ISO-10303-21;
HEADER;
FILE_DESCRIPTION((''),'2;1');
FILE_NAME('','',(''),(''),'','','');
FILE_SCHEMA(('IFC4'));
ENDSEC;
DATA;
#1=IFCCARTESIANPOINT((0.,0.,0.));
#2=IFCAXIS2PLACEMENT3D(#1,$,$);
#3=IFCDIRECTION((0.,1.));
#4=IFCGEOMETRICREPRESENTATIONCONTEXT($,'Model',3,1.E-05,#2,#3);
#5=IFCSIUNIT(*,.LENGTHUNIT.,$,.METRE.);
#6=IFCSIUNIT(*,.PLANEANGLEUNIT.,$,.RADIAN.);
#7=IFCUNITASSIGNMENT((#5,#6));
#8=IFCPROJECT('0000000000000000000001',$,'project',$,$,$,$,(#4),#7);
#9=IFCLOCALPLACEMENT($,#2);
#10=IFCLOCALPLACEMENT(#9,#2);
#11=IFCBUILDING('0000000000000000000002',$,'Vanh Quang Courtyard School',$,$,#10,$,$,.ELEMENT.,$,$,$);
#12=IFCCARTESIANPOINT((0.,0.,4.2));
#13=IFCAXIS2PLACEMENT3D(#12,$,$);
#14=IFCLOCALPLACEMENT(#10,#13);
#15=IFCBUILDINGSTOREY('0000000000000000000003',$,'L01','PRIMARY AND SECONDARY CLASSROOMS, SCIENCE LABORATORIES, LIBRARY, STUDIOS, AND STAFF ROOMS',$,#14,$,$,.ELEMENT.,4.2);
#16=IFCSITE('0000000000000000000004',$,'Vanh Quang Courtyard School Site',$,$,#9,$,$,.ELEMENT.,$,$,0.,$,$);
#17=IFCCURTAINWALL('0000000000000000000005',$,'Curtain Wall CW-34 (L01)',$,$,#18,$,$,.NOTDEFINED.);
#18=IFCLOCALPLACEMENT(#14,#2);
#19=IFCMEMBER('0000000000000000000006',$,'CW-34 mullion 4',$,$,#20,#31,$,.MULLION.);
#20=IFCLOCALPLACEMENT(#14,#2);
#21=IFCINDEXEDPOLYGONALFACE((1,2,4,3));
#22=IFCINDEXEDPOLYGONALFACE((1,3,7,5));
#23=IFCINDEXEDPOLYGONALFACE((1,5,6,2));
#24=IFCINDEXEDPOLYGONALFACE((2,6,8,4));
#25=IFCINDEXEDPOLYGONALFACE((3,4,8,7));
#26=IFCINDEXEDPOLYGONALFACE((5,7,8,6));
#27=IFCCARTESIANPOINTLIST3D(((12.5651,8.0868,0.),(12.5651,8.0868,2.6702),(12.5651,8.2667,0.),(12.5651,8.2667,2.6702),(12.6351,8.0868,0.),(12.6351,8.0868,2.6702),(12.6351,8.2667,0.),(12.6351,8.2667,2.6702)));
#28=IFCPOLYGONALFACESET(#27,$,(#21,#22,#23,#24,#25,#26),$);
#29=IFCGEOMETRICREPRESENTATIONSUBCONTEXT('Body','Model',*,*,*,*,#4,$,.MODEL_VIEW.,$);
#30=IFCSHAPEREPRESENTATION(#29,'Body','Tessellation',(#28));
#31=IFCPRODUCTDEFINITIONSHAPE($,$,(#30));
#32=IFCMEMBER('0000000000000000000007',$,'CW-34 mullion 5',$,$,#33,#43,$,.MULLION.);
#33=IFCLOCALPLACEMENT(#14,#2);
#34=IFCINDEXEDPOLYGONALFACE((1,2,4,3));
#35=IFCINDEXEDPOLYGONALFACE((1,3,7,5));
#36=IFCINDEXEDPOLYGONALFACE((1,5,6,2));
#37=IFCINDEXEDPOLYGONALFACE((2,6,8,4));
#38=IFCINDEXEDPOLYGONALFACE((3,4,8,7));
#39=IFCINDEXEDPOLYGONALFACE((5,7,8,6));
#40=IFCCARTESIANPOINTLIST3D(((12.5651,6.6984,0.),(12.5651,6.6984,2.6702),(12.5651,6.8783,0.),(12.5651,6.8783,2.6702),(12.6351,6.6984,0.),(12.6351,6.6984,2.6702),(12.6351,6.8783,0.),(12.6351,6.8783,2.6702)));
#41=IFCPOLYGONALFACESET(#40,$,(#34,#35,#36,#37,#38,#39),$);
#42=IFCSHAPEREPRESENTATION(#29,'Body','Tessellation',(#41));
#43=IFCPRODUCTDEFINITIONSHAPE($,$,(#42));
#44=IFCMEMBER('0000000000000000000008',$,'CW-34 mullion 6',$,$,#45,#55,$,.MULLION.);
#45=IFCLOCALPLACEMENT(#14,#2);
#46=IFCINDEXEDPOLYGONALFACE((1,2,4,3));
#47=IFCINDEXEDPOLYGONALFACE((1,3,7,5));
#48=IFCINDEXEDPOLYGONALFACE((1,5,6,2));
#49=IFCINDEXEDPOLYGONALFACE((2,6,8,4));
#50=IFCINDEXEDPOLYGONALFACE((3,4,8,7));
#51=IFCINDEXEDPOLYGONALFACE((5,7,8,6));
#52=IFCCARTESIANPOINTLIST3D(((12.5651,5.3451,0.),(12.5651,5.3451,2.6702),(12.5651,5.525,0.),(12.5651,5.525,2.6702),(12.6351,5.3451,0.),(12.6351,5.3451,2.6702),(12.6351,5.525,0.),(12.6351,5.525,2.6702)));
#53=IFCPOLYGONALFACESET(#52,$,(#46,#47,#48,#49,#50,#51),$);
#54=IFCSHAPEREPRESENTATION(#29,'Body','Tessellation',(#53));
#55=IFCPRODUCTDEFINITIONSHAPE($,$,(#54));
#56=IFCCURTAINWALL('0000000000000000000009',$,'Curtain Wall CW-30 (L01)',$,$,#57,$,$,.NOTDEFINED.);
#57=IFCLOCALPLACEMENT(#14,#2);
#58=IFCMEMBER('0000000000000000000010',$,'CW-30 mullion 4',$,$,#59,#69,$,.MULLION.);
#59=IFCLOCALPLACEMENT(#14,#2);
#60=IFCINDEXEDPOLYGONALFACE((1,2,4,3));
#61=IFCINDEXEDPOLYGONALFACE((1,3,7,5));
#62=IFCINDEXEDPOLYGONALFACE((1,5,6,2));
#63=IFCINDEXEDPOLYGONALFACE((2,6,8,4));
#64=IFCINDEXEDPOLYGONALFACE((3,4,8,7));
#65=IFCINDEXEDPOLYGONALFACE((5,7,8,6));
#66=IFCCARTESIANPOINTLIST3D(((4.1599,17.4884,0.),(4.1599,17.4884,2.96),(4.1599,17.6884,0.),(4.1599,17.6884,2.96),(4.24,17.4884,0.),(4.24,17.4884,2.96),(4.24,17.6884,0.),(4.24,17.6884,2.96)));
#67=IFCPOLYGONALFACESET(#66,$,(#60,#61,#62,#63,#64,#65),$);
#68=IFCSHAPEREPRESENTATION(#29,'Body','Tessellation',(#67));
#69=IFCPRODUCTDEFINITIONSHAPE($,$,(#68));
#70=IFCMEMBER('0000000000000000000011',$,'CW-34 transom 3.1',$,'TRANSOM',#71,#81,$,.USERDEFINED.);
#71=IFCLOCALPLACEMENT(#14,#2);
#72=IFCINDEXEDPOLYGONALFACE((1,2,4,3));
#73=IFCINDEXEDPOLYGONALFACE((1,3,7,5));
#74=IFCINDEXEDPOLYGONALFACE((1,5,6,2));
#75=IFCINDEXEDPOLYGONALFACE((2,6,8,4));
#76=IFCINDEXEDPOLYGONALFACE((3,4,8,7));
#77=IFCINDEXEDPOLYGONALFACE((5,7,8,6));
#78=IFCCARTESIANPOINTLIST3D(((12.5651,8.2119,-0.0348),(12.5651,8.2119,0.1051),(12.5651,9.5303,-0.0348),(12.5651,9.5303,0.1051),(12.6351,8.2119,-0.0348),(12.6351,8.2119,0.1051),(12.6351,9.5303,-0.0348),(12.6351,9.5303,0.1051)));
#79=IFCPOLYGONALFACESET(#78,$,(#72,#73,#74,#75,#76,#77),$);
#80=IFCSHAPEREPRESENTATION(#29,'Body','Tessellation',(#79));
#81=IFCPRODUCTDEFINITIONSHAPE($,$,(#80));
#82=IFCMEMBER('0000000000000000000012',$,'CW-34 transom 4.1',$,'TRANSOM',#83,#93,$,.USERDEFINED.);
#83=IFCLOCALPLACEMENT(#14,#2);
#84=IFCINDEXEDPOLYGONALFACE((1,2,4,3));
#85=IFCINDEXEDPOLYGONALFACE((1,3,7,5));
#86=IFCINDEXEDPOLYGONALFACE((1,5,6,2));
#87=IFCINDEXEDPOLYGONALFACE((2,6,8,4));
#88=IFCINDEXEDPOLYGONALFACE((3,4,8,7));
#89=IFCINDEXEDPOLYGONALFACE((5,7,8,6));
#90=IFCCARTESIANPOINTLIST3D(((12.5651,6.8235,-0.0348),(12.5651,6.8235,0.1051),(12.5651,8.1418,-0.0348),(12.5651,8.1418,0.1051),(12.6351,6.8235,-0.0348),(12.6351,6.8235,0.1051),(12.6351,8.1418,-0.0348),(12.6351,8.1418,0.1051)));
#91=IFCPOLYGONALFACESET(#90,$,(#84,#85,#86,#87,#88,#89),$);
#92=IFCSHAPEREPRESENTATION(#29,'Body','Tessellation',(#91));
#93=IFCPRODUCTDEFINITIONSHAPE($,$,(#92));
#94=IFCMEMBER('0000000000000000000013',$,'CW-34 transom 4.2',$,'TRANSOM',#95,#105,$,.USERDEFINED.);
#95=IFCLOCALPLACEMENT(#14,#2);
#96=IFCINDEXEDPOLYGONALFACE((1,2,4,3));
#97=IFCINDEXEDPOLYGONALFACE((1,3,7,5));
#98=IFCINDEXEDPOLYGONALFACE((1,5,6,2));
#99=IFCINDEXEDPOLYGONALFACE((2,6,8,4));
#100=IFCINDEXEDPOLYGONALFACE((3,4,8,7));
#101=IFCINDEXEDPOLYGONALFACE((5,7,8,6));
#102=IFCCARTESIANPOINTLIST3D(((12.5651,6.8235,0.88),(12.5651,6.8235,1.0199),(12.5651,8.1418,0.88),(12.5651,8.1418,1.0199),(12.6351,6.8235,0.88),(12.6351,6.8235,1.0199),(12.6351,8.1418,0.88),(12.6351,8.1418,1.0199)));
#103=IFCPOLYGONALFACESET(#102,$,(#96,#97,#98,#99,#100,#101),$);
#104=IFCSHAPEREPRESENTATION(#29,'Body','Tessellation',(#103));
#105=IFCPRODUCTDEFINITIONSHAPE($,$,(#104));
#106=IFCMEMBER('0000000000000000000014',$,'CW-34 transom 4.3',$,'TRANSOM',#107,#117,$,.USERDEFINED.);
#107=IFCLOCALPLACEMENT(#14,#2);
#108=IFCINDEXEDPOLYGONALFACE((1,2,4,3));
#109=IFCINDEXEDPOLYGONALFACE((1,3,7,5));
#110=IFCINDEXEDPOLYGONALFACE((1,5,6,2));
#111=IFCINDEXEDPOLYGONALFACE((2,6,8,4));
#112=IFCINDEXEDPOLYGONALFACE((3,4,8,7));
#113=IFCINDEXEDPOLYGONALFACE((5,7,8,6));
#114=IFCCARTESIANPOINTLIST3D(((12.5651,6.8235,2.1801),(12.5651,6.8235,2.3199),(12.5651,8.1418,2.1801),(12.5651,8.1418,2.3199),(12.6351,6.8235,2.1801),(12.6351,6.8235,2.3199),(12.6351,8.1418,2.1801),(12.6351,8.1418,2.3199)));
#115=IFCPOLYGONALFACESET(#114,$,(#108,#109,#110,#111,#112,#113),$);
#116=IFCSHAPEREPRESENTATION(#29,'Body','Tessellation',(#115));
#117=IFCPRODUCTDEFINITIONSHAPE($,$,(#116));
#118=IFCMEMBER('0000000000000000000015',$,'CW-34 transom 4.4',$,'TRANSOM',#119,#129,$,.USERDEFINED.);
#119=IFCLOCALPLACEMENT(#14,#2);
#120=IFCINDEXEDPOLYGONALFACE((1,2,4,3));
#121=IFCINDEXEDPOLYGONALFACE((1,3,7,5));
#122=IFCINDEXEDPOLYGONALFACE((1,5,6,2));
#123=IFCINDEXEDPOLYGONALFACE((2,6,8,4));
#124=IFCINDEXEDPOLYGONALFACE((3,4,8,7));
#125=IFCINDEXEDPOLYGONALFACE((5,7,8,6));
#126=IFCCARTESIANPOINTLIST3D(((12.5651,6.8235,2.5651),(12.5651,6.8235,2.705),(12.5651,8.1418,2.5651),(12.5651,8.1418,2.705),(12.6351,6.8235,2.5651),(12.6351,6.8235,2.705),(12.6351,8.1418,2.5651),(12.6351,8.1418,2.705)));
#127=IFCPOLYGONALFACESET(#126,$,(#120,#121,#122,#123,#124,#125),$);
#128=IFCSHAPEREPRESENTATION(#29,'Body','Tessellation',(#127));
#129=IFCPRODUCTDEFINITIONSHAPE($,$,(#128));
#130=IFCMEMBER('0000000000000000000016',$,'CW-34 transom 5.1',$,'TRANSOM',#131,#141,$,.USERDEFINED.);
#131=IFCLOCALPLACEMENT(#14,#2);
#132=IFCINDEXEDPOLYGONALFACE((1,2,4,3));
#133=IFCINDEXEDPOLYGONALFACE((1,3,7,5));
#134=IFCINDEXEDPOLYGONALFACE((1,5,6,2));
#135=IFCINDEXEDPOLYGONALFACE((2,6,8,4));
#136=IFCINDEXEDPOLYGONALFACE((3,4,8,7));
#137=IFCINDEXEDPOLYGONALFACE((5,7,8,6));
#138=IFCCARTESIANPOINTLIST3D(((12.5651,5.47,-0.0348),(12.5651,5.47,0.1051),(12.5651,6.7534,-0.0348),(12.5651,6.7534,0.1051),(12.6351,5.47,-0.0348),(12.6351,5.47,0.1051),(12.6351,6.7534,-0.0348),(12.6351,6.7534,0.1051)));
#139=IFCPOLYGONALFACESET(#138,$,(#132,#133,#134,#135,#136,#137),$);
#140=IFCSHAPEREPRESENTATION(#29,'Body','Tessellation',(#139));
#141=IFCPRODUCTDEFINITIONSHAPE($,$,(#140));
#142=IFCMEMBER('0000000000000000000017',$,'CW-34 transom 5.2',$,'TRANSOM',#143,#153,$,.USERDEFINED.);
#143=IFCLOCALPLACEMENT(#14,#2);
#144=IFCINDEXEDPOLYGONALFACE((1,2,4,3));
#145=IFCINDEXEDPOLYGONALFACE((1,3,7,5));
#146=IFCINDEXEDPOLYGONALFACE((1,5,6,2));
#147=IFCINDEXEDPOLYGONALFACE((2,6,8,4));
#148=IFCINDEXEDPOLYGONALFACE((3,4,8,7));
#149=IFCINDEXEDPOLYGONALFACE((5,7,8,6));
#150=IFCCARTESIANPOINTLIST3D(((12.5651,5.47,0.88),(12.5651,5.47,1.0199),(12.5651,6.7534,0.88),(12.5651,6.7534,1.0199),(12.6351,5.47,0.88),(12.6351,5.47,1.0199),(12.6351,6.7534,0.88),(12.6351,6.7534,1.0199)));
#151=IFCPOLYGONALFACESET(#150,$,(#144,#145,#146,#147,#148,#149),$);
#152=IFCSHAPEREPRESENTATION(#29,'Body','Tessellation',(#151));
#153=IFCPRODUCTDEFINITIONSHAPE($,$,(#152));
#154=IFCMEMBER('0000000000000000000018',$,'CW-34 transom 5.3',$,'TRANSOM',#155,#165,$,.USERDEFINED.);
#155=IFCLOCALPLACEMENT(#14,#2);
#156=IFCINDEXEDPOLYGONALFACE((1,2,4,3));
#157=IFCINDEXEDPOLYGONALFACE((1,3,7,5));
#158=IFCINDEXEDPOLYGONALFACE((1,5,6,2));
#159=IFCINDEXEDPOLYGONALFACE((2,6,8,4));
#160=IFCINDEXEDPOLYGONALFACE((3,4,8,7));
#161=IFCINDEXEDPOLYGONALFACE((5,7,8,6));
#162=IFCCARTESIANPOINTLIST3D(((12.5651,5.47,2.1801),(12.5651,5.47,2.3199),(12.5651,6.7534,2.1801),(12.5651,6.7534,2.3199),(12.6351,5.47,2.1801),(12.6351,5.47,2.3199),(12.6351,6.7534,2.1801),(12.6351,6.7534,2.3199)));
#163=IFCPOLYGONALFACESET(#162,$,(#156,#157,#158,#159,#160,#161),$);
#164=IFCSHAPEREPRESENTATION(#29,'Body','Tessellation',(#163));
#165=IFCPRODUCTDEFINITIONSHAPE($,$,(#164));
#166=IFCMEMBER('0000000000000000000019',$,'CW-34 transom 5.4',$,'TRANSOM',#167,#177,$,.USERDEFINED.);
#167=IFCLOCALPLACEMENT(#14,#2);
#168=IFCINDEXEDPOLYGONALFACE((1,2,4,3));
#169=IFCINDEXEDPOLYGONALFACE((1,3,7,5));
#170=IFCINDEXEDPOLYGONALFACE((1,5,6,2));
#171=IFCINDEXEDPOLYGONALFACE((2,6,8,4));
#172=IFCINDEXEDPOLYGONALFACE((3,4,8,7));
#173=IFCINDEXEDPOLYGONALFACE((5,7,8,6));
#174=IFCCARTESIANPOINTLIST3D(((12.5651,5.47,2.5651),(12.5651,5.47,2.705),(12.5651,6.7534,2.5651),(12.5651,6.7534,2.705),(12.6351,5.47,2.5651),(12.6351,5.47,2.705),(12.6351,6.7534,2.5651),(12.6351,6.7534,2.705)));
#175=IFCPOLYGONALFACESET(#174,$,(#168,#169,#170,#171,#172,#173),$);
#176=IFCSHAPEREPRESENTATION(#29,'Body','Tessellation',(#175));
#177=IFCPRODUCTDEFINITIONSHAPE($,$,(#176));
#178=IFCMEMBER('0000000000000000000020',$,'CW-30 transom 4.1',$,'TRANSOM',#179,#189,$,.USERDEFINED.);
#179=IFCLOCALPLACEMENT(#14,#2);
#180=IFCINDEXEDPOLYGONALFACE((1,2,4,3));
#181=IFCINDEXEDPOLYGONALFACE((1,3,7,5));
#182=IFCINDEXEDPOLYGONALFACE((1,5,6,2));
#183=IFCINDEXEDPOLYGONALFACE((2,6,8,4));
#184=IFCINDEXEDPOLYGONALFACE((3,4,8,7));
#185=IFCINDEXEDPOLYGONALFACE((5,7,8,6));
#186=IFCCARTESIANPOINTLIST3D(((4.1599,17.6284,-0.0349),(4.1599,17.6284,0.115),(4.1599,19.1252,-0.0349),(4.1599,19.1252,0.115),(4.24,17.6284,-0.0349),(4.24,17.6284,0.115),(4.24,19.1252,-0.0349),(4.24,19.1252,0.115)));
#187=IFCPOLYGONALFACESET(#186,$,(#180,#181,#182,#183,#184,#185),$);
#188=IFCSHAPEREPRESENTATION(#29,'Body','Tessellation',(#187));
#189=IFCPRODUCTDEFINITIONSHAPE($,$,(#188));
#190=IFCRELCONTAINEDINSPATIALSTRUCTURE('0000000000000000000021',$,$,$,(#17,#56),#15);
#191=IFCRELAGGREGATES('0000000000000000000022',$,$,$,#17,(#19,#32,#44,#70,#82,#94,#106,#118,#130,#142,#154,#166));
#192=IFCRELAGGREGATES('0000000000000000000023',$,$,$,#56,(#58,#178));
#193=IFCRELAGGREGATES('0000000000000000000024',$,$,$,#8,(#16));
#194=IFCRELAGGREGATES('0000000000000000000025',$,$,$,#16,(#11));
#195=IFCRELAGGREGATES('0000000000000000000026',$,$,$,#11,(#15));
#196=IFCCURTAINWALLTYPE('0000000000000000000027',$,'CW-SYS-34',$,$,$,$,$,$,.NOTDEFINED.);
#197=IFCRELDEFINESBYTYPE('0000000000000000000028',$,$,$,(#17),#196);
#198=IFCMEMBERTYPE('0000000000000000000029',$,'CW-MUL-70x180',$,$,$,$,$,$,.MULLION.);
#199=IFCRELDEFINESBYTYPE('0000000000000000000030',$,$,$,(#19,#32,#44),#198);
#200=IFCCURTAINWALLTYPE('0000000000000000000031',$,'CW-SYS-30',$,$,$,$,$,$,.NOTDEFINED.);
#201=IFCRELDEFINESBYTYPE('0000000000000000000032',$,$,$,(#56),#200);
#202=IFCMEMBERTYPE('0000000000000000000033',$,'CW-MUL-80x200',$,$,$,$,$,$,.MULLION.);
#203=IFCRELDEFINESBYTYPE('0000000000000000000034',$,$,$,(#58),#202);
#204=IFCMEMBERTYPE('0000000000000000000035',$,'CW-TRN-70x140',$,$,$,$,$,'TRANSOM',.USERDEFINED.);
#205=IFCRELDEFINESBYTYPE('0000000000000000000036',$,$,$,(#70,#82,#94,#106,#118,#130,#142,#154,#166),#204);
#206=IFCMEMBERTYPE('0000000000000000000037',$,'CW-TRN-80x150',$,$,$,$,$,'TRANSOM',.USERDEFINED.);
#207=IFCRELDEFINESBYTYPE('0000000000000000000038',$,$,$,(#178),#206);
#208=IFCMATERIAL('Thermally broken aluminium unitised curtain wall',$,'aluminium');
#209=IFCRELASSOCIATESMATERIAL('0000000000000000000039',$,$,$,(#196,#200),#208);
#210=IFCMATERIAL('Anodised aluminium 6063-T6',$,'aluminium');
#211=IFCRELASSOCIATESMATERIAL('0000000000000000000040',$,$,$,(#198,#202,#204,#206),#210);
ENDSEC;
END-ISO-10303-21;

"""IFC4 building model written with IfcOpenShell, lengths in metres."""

from ifc_helpers import new_model, si_unit, direction, frame, origin, origin_2d, place, context, subcontext, project, spatial, rectangle, extrude, material, material_profile, profile_set, type_object, element, aggregate, save


model = new_model("IFC4")

# Units and contexts
model_context = context("Model", 3, precision=1e-05, world=origin(), true_north=direction((0.0, 1.0)))
body_context = subcontext(model_context, "Body", "Model", "MODEL_VIEW")
ifc_project = project(units=[si_unit("LENGTHUNIT", "METRE"), si_unit("PLANEANGLEUNIT", "RADIAN")], contexts=[model_context])

# Site, building, storey
site_placement = place(None, origin())
site = spatial("IfcSite", under=ifc_project, at=site_placement, Name="Vanh Quang Courtyard School Site", CompositionType="ELEMENT", RefElevation=0.0)
building_placement = place(site_placement, origin())
building = spatial("IfcBuilding", under=site, at=building_placement, Name="Vanh Quang Courtyard School", CompositionType="ELEMENT")
storey_placement = place(building_placement, frame((0.0, 0.0, 4.2)))
storey = spatial("IfcBuildingStorey", under=building, at=storey_placement, Name="L01", Description="PRIMARY AND SECONDARY CLASSROOMS, SCIENCE LABORATORIES, LIBRARY, STUDIOS, AND STAFF ROOMS", CompositionType="ELEMENT", Elevation=4.2)

# Curtain wall, members
ifc_material_1 = material(Name="Thermally broken aluminium unitised curtain wall", Category="aluminium")
curtain_wall_type_1 = type_object("IfcCurtainWallType", Name="CW-SYS-34", PredefinedType="NOTDEFINED", material=ifc_material_1)
curtain_wall_1_placement = place(storey_placement, origin())
curtain_wall_1 = element("IfcCurtainWall", 1, at=curtain_wall_1_placement, inside=storey, type_object=curtain_wall_type_1, Name="Curtain Wall CW-34 (L01)", PredefinedType="NOTDEFINED")
ifc_material_2 = material(Name="Anodised aluminium 6063-T6", Category="aluminium")
ifc_material_profile_1 = material_profile(ifc_material_2, rectangle(XDim=0.0701, YDim=0.1799, at=origin_2d()), Name="ALU-MUL 70x180")
ifc_profile_set_1 = profile_set([ifc_material_profile_1], Name="Anodised aluminium 6063-T6")
member_type_1 = type_object("IfcMemberType", Name="CW-MUL-70x180", PredefinedType="MULLION", material=ifc_profile_set_1)
member_1_placement = place(storey_placement, frame((12.6001, 8.1768, 0.0), z_axis=(0.0, 0.0, 1.0), x_axis=(1.0, 0.0, 0.0)))
member_1 = element("IfcMember", 2, at=member_1_placement, type_object=member_type_1, Name="CW-34 mullion 4", PredefinedType="MULLION", context=body_context, shape_type="SweptSolid", body=[
    extrude(rectangle(XDim=0.0701, YDim=0.1799, at=origin_2d()), origin(), (0.0, 0.0, 1.0), 2.6702),
])
member_2_placement = place(storey_placement, frame((12.6001, 6.7883, 0.0), z_axis=(0.0, 0.0, 1.0), x_axis=(1.0, 0.0, 0.0)))
member_2 = element("IfcMember", 3, at=member_2_placement, type_object=member_type_1, Name="CW-34 mullion 5", PredefinedType="MULLION", context=body_context, shape_type="SweptSolid", body=[
    extrude(rectangle(XDim=0.0701, YDim=0.1799, at=origin_2d()), origin(), (0.0, 0.0, 1.0), 2.6702),
])
member_3_placement = place(storey_placement, frame((12.6001, 5.4351, 0.0), z_axis=(0.0, 0.0, 1.0), x_axis=(1.0, 0.0, 0.0)))
member_3 = element("IfcMember", 4, at=member_3_placement, type_object=member_type_1, Name="CW-34 mullion 6", PredefinedType="MULLION", context=body_context, shape_type="SweptSolid", body=[
    extrude(rectangle(XDim=0.0701, YDim=0.1799, at=origin_2d()), origin(), (0.0, 0.0, 1.0), 2.6702),
])

# Curtain wall, member
curtain_wall_type_2 = type_object("IfcCurtainWallType", Name="CW-SYS-30", PredefinedType="NOTDEFINED", material=ifc_material_1)
curtain_wall_2_placement = place(storey_placement, origin())
curtain_wall_2 = element("IfcCurtainWall", 5, at=curtain_wall_2_placement, inside=storey, type_object=curtain_wall_type_2, Name="Curtain Wall CW-30 (L01)", PredefinedType="NOTDEFINED")
ifc_material_profile_2 = material_profile(ifc_material_2, rectangle(XDim=0.0801, YDim=0.2, at=origin_2d()), Name="ALU-MUL 80x200")
ifc_profile_set_2 = profile_set([ifc_material_profile_2], Name="Anodised aluminium 6063-T6")
member_type_2 = type_object("IfcMemberType", Name="CW-MUL-80x200", PredefinedType="MULLION", material=ifc_profile_set_2)
member_4_placement = place(storey_placement, frame((4.2, 17.5884, 0.0), z_axis=(0.0, 0.0, 1.0), x_axis=(-1.0, 0.0, 0.0)))
member_4 = element("IfcMember", 6, at=member_4_placement, type_object=member_type_2, Name="CW-30 mullion 4", PredefinedType="MULLION", context=body_context, shape_type="SweptSolid", body=[
    extrude(rectangle(XDim=0.0801, YDim=0.2, at=origin_2d()), origin(), (0.0, 0.0, 1.0), 2.96),
])

# Members
ifc_material_profile_3 = material_profile(ifc_material_2, rectangle(XDim=0.0701, YDim=0.1399, at=origin_2d()), Name="ALU-TRN 70x140")
ifc_profile_set_3 = profile_set([ifc_material_profile_3], Name="Anodised aluminium 6063-T6")
member_type_3 = type_object("IfcMemberType", Name="CW-TRN-70x140", ElementType="TRANSOM", PredefinedType="USERDEFINED", material=ifc_profile_set_3)
member_5_placement = place(storey_placement, frame((12.6001, 9.5303, 0.0352), z_axis=(0.0, -1.0, 0.0), x_axis=(1.0, 0.0, 0.0)))
member_5 = element("IfcMember", 7, at=member_5_placement, type_object=member_type_3, Name="CW-34 transom 3.1", ObjectType="TRANSOM", PredefinedType="USERDEFINED", context=body_context, shape_type="SweptSolid", body=[
    extrude(rectangle(XDim=0.0701, YDim=0.1399, at=origin_2d()), origin(), (0.0, 0.0, 1.0), 1.3184),
])
member_6_placement = place(storey_placement, frame((12.6001, 8.1418, 0.0352), z_axis=(0.0, -1.0, 0.0), x_axis=(1.0, 0.0, 0.0)))
member_6 = element("IfcMember", 8, at=member_6_placement, type_object=member_type_3, Name="CW-34 transom 4.1", ObjectType="TRANSOM", PredefinedType="USERDEFINED", context=body_context, shape_type="SweptSolid", body=[
    extrude(rectangle(XDim=0.0701, YDim=0.1399, at=origin_2d()), origin(), (0.0, 0.0, 1.0), 1.3184),
])
member_7_placement = place(storey_placement, frame((12.6001, 8.1418, 0.95), z_axis=(0.0, -1.0, 0.0), x_axis=(1.0, 0.0, 0.0)))
member_7 = element("IfcMember", 9, at=member_7_placement, type_object=member_type_3, Name="CW-34 transom 4.2", ObjectType="TRANSOM", PredefinedType="USERDEFINED", context=body_context, shape_type="SweptSolid", body=[
    extrude(rectangle(XDim=0.0701, YDim=0.1399, at=origin_2d()), origin(), (0.0, 0.0, 1.0), 1.3184),
])
member_8_placement = place(storey_placement, frame((12.6001, 8.1418, 2.25), z_axis=(0.0, -1.0, 0.0), x_axis=(1.0, 0.0, 0.0)))
member_8 = element("IfcMember", 10, at=member_8_placement, type_object=member_type_3, Name="CW-34 transom 4.3", ObjectType="TRANSOM", PredefinedType="USERDEFINED", context=body_context, shape_type="SweptSolid", body=[
    extrude(rectangle(XDim=0.0701, YDim=0.1399, at=origin_2d()), origin(), (0.0, 0.0, 1.0), 1.3184),
])
member_9_placement = place(storey_placement, frame((12.6001, 8.1418, 2.635), z_axis=(0.0, -1.0, 0.0), x_axis=(1.0, 0.0, 0.0)))
member_9 = element("IfcMember", 11, at=member_9_placement, type_object=member_type_3, Name="CW-34 transom 4.4", ObjectType="TRANSOM", PredefinedType="USERDEFINED", context=body_context, shape_type="SweptSolid", body=[
    extrude(rectangle(XDim=0.0701, YDim=0.1399, at=origin_2d()), origin(), (0.0, 0.0, 1.0), 1.3184),
])
member_10_placement = place(storey_placement, frame((12.6001, 6.7534, 0.0352), z_axis=(0.0, -1.0, 0.0), x_axis=(1.0, 0.0, 0.0)))
member_10 = element("IfcMember", 12, at=member_10_placement, type_object=member_type_3, Name="CW-34 transom 5.1", ObjectType="TRANSOM", PredefinedType="USERDEFINED", context=body_context, shape_type="SweptSolid", body=[
    extrude(rectangle(XDim=0.0701, YDim=0.1399, at=origin_2d()), origin(), (0.0, 0.0, 1.0), 1.2834),
])
member_11_placement = place(storey_placement, frame((12.6001, 6.7534, 0.95), z_axis=(0.0, -1.0, 0.0), x_axis=(1.0, 0.0, 0.0)))
member_11 = element("IfcMember", 13, at=member_11_placement, type_object=member_type_3, Name="CW-34 transom 5.2", ObjectType="TRANSOM", PredefinedType="USERDEFINED", context=body_context, shape_type="SweptSolid", body=[
    extrude(rectangle(XDim=0.0701, YDim=0.1399, at=origin_2d()), origin(), (0.0, 0.0, 1.0), 1.2834),
])
member_12_placement = place(storey_placement, frame((12.6001, 6.7534, 2.25), z_axis=(0.0, -1.0, 0.0), x_axis=(1.0, 0.0, 0.0)))
member_12 = element("IfcMember", 14, at=member_12_placement, type_object=member_type_3, Name="CW-34 transom 5.3", ObjectType="TRANSOM", PredefinedType="USERDEFINED", context=body_context, shape_type="SweptSolid", body=[
    extrude(rectangle(XDim=0.0701, YDim=0.1399, at=origin_2d()), origin(), (0.0, 0.0, 1.0), 1.2834),
])
member_13_placement = place(storey_placement, frame((12.6001, 6.7534, 2.635), z_axis=(0.0, -1.0, 0.0), x_axis=(1.0, 0.0, 0.0)))
member_13 = element("IfcMember", 15, at=member_13_placement, type_object=member_type_3, Name="CW-34 transom 5.4", ObjectType="TRANSOM", PredefinedType="USERDEFINED", context=body_context, shape_type="SweptSolid", body=[
    extrude(rectangle(XDim=0.0701, YDim=0.1399, at=origin_2d()), origin(), (0.0, 0.0, 1.0), 1.2834),
])
ifc_material_profile_4 = material_profile(ifc_material_2, rectangle(XDim=0.0801, YDim=0.1499, at=origin_2d()), Name="ALU-TRN 80x150")
ifc_profile_set_4 = profile_set([ifc_material_profile_4], Name="Anodised aluminium 6063-T6")
member_type_4 = type_object("IfcMemberType", Name="CW-TRN-80x150", ElementType="TRANSOM", PredefinedType="USERDEFINED", material=ifc_profile_set_4)
member_14_placement = place(storey_placement, frame((4.2, 17.6284, 0.04), z_axis=(0.0, 1.0, 0.0), x_axis=(-1.0, 0.0, 0.0)))
member_14 = element("IfcMember", 16, at=member_14_placement, type_object=member_type_4, Name="CW-30 transom 4.1", ObjectType="TRANSOM", PredefinedType="USERDEFINED", context=body_context, shape_type="SweptSolid", body=[
    extrude(rectangle(XDim=0.0801, YDim=0.1499, at=origin_2d()), origin(), (0.0, 0.0, 1.0), 1.4968),
])

aggregate(curtain_wall_1, [member_1, member_2, member_3, member_5, member_6, member_7, member_8, member_9, member_10, member_11, member_12, member_13])
aggregate(curtain_wall_2, [member_4, member_14])

save(model, "model.ifc")
